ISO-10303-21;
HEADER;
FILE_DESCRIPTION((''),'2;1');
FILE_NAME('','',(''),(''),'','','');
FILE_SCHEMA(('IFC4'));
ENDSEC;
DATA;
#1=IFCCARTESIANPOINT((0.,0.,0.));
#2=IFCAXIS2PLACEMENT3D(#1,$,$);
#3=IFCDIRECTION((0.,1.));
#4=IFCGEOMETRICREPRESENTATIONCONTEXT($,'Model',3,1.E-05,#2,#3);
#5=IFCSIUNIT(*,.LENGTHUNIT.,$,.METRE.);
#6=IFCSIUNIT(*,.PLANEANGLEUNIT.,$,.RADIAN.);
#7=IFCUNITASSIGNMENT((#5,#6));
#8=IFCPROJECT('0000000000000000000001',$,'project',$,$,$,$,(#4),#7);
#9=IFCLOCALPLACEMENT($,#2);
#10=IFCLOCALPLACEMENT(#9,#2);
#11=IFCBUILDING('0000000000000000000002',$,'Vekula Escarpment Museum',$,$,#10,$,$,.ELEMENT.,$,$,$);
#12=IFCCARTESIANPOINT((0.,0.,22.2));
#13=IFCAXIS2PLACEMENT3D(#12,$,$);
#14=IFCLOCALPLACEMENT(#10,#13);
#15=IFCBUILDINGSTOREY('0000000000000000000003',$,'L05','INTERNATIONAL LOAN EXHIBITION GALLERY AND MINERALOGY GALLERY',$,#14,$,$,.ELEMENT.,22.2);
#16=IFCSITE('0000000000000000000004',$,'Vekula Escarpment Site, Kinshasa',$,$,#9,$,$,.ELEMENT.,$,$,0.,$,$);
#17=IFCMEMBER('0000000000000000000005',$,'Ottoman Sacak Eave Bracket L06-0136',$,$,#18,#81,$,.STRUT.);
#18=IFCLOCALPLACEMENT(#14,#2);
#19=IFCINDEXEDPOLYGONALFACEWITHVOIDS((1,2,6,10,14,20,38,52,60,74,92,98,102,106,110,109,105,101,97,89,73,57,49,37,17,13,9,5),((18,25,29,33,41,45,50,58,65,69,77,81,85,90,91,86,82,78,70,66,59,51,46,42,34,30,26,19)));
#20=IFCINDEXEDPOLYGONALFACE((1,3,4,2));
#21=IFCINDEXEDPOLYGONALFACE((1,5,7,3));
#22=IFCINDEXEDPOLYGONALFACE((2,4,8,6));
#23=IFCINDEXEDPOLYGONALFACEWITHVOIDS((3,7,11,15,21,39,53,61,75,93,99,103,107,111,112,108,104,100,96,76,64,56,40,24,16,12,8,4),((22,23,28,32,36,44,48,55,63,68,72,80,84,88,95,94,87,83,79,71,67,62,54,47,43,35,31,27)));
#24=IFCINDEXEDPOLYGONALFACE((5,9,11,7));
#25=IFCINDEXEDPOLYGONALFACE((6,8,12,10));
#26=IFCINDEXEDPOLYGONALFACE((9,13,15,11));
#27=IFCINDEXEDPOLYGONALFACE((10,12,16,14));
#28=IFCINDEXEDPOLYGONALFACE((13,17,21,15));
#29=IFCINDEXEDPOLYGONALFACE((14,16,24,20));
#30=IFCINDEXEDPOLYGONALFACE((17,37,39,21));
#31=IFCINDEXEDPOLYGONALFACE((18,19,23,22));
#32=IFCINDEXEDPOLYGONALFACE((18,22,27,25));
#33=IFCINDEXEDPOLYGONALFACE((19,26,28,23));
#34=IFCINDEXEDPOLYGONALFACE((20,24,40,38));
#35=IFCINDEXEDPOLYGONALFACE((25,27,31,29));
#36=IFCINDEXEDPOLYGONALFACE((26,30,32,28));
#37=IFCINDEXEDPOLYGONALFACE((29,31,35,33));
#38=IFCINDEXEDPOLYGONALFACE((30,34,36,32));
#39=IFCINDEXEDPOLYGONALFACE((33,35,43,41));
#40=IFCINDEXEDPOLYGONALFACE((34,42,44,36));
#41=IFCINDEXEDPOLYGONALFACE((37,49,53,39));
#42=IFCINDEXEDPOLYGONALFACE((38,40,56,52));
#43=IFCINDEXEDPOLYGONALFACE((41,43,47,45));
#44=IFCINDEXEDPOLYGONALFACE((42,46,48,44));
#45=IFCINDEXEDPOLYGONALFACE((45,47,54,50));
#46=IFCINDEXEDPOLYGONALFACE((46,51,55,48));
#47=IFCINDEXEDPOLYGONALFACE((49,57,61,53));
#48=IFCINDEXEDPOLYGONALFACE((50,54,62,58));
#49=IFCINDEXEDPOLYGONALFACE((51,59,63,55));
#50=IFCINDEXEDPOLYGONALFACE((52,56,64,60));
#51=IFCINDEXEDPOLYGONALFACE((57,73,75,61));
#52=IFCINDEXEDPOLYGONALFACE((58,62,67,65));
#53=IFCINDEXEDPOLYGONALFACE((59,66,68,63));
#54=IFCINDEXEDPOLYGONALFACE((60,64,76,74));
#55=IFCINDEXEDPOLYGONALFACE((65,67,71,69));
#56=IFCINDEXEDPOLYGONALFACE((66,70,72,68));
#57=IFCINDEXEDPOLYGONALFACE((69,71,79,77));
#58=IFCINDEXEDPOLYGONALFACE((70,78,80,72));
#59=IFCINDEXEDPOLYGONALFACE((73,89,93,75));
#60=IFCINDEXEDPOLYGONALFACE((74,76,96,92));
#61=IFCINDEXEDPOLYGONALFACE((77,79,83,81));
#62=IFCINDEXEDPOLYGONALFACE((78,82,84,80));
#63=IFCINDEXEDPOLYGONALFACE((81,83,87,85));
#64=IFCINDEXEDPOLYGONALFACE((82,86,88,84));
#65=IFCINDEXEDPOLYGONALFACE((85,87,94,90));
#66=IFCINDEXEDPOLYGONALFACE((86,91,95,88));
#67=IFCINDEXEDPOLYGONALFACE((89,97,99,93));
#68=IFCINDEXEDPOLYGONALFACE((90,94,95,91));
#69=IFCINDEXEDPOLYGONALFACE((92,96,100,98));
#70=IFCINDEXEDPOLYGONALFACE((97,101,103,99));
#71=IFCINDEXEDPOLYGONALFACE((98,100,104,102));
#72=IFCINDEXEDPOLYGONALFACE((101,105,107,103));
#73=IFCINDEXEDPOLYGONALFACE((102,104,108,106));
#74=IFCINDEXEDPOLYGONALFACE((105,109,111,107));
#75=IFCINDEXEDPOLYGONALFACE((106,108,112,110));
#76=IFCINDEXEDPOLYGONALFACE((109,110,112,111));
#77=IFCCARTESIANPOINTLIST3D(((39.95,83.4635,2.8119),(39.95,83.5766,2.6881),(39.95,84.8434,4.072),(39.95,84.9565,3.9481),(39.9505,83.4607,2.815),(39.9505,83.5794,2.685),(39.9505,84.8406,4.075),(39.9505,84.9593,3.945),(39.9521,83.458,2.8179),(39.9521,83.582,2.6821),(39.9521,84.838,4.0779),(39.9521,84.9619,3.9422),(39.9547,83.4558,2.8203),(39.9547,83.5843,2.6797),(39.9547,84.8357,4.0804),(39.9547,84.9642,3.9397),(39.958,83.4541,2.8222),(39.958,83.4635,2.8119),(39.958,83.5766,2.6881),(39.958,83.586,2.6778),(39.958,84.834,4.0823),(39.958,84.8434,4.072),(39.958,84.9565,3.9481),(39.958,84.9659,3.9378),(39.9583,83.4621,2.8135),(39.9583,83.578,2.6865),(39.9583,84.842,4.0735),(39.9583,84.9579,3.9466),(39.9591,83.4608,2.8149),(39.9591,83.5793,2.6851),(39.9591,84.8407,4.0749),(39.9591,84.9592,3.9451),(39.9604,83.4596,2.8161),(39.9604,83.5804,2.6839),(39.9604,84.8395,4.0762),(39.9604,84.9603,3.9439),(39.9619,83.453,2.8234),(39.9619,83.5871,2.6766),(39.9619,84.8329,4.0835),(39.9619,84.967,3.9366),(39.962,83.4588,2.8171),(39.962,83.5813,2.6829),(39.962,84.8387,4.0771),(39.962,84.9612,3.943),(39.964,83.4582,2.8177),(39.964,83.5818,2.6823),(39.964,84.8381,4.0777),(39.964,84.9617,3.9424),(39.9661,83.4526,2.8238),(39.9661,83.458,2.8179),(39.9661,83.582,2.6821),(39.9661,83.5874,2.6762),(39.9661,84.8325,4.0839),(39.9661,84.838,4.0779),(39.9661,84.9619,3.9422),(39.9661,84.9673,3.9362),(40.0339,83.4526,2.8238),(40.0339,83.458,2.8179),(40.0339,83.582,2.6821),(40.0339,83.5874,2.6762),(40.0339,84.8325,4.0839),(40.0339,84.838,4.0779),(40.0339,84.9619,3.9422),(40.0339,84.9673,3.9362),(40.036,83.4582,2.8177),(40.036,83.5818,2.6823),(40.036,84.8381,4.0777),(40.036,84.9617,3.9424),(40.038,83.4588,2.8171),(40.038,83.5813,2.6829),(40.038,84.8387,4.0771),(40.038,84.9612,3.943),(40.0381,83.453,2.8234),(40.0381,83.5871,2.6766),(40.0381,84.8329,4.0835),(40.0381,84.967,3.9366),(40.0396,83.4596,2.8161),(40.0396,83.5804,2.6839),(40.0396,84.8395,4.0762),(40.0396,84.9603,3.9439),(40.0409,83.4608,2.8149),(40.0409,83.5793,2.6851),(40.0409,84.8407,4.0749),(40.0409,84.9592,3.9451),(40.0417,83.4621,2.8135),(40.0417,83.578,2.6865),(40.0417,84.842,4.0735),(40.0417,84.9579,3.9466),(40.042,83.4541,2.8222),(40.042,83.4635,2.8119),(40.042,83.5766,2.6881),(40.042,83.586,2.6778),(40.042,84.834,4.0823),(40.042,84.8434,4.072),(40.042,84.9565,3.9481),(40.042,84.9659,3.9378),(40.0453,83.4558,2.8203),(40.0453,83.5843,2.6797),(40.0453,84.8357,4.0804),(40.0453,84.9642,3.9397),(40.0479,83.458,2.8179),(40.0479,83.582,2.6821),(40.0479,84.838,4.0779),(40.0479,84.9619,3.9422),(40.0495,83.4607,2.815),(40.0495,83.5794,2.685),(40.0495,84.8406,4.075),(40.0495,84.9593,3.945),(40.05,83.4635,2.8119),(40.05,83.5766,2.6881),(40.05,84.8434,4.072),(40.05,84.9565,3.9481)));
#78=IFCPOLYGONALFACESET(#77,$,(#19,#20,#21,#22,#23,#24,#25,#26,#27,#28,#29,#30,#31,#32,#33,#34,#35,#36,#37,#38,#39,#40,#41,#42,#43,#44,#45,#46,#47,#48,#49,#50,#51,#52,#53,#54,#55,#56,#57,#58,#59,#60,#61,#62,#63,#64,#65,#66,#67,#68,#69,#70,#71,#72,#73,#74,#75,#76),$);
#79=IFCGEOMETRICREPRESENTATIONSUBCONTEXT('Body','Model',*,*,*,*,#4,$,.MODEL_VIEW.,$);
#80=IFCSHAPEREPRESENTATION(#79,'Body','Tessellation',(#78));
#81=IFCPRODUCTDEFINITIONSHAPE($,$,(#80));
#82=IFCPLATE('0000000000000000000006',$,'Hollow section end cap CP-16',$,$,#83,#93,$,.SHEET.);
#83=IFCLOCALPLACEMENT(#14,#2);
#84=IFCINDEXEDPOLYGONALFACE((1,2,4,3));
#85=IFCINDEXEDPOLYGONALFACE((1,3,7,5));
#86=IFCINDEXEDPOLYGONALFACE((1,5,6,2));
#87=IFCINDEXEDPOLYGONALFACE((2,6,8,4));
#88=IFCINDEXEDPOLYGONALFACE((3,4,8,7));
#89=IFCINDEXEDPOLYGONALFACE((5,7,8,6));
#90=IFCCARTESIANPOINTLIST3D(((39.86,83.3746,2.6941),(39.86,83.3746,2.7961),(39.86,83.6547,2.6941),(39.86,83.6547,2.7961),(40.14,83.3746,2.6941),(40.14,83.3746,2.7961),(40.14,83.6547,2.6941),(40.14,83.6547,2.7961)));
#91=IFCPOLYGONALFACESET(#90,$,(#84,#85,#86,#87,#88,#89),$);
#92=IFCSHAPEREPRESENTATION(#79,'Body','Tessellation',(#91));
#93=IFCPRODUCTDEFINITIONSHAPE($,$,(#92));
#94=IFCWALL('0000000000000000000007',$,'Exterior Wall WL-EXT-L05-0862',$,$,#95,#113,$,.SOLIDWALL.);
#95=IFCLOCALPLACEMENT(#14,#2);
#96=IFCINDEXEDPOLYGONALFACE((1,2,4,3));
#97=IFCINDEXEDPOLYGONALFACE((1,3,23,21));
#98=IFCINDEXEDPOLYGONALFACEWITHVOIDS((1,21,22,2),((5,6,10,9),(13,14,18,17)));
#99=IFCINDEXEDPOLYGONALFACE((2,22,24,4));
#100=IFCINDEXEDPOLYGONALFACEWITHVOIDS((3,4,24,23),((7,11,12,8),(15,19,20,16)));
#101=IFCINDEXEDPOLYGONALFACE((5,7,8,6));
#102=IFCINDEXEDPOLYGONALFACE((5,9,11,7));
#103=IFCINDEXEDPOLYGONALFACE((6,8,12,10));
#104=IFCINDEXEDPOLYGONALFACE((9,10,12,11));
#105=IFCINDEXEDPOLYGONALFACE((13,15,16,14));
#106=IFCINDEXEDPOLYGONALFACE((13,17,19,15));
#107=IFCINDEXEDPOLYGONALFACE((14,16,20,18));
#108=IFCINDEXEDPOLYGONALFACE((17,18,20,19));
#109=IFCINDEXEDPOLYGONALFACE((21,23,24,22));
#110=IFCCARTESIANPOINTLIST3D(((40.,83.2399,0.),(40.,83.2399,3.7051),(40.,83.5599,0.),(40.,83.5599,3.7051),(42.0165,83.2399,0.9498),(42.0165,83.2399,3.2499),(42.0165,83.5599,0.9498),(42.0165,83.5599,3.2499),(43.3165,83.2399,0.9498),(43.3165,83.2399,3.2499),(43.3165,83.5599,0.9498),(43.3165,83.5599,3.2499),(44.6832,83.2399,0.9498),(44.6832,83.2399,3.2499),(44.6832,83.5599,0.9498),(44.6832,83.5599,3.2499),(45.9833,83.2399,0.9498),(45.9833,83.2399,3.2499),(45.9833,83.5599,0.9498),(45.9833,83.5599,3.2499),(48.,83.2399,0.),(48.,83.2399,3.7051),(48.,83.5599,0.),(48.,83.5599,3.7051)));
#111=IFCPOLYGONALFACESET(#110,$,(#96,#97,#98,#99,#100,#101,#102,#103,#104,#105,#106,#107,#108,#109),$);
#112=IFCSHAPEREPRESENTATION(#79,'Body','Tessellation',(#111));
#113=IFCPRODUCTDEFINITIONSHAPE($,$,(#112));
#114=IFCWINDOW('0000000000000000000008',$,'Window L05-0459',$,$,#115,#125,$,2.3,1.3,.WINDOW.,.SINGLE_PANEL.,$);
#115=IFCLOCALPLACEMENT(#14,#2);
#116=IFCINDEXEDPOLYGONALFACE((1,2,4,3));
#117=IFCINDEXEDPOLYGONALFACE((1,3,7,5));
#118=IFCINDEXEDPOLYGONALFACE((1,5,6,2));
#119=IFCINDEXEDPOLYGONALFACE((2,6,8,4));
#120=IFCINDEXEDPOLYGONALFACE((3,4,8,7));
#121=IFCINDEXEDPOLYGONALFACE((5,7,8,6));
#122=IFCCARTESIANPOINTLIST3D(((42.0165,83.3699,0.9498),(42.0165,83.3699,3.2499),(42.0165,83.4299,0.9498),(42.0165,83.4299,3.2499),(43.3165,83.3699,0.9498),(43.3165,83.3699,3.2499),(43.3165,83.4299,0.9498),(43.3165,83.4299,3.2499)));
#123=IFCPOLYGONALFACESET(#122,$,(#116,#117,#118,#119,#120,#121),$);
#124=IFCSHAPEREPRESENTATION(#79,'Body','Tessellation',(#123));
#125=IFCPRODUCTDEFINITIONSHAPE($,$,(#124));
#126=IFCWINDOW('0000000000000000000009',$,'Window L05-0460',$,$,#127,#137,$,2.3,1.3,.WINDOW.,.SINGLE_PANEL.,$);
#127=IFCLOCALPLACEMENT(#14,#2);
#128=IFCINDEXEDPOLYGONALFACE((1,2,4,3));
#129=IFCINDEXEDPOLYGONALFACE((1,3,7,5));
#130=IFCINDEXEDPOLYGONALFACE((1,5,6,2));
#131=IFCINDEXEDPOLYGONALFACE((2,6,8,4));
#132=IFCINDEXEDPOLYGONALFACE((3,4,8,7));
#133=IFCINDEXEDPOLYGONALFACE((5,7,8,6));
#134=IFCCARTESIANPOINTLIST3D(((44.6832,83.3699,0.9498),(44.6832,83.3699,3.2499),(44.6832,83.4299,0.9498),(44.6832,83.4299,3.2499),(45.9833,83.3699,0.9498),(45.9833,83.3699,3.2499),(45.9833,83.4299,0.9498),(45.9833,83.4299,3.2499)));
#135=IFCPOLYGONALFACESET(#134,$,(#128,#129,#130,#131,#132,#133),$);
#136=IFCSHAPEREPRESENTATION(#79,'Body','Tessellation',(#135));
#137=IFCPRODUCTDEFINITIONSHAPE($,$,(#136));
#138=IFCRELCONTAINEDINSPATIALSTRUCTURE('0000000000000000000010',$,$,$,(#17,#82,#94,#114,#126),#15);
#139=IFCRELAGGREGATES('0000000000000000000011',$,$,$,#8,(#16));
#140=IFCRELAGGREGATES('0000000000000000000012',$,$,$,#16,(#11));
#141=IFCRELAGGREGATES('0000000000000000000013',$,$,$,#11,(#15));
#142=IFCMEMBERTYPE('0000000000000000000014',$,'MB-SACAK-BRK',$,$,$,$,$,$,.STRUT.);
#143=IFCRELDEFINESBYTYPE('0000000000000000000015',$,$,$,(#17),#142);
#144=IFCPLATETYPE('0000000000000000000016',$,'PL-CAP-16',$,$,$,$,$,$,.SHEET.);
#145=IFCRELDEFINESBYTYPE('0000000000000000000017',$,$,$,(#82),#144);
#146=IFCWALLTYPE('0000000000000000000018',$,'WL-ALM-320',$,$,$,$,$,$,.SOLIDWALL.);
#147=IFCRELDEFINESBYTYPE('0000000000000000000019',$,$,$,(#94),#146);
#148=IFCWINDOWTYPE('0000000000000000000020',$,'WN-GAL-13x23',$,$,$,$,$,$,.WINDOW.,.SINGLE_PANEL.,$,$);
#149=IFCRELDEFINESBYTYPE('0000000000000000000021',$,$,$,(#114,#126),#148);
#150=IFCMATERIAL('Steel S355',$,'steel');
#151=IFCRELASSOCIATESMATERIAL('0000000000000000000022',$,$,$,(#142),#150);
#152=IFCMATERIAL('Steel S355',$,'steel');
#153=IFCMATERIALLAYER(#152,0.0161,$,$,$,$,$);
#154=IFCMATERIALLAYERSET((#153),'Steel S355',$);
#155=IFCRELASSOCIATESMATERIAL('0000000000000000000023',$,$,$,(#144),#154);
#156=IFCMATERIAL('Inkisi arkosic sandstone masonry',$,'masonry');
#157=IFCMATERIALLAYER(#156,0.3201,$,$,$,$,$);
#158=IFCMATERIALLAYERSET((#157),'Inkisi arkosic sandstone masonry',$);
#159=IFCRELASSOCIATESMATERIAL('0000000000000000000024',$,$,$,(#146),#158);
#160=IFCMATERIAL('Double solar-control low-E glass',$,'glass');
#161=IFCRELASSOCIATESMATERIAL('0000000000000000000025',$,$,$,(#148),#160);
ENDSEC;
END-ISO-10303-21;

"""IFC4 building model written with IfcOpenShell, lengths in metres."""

from ifc_helpers import new_model, si_unit, direction, frame, frame_2d, origin, origin_2d, place, context, subcontext, project, spatial, rectangle, hollow_rectangle, extrude, material, layer, layer_set, material_profile, profile_set, type_object, element, fill, save


model = new_model("IFC4")

# Units and contexts
model_context = context("Model", 3, precision=1e-05, world=origin(), true_north=direction((0.0, 1.0)))
body_context = subcontext(model_context, "Body", "Model", "MODEL_VIEW")
ifc_project = project(units=[si_unit("LENGTHUNIT", "METRE"), si_unit("PLANEANGLEUNIT", "RADIAN")], contexts=[model_context])

# Site, building, storey
site_placement = place(None, origin())
site = spatial("IfcSite", under=ifc_project, at=site_placement, Name="Vekula Escarpment Site, Kinshasa", CompositionType="ELEMENT", RefElevation=0.0)
building_placement = place(site_placement, origin())
building = spatial("IfcBuilding", under=site, at=building_placement, Name="Vekula Escarpment Museum", CompositionType="ELEMENT")
storey_placement = place(building_placement, frame((0.0, 0.0, 22.2)))
storey = spatial("IfcBuildingStorey", under=building, at=storey_placement, Name="L05", Description="INTERNATIONAL LOAN EXHIBITION GALLERY AND MINERALOGY GALLERY", CompositionType="ELEMENT", Elevation=22.2)

# Member
ifc_material_1 = material(Name="Steel S355", Category="steel")
ifc_material_profile_1 = material_profile(ifc_material_1, hollow_rectangle(XDim=0.1001, YDim=0.2, WallThickness=0.0081, InnerFilletRadius=0.0081, OuterFilletRadius=0.0161, at=origin_2d()), Name="RHS 200x100x8")
ifc_profile_set_1 = profile_set([ifc_material_profile_1], Name="Steel S355")
member_type = type_object("IfcMemberType", Name="MB-SACAK-BRK", PredefinedType="STRUT", material=ifc_profile_set_1)
member_placement = place(storey_placement, frame((40.0, 83.52, 2.75), z_axis=(0.0, 0.738454, 0.674303), x_axis=(-1.0, 0.0, 0.0)))
element("IfcMember", 1, at=member_placement, inside=storey, type_object=member_type, Name="Ottoman Sacak Eave Bracket L06-0136", PredefinedType="STRUT", context=body_context, shape_type="SweptSolid", body=[
    extrude(hollow_rectangle(XDim=0.1001, YDim=0.2, WallThickness=0.0081, InnerFilletRadius=0.0081, OuterFilletRadius=0.0161, at=origin_2d()), origin(), (0.0, 0.0, 1.0), 1.8687),
])

# Plate
ifc_material_2 = material(Name="Steel S355", Category="steel")
ifc_layer_1 = layer(ifc_material_2, 0.0161)
ifc_layer_set_1 = layer_set([ifc_layer_1], Name="Steel S355")
plate_type = type_object("IfcPlateType", Name="PL-CAP-16", PredefinedType="SHEET", material=ifc_layer_set_1)
plate_placement = place(storey_placement, frame((40.0, 83.5146, 2.6941), z_axis=(0.0, 0.0, 1.0), x_axis=(1.0, 0.0, 0.0)))
element("IfcPlate", 2, at=plate_placement, inside=storey, type_object=plate_type, Name="Hollow section end cap CP-16", PredefinedType="SHEET", context=body_context, shape_type="SweptSolid", body=[
    extrude(rectangle(XDim=0.28, YDim=0.28, at=origin_2d()), origin(), (0.0, 0.0, 1.0), 0.1021),
])

# Wall, openings, windows
ifc_material_3 = material(Name="Inkisi arkosic sandstone masonry", Category="masonry")
ifc_layer_2 = layer(ifc_material_3, 0.3201)
ifc_layer_set_2 = layer_set([ifc_layer_2], Name="Inkisi arkosic sandstone masonry")
wall_type_1 = type_object("IfcWallType", Name="WL-ALM-320", PredefinedType="SOLIDWALL", material=ifc_layer_set_2)
wall_1_placement = place(storey_placement, frame((40.0, 83.3999, 0.0), z_axis=(0.0, 0.0, 1.0), x_axis=(1.0, 0.0, 0.0)))
wall_1 = element("IfcWall", 3, at=wall_1_placement, inside=storey, type_object=wall_type_1, Name="Exterior Wall WL-EXT-L05-0862", PredefinedType="SOLIDWALL", context=body_context, shape_type="SweptSolid", body=[
    extrude(rectangle(XDim=8.0, YDim=0.3201, at=frame_2d((4.0, 0.0))), origin(), (0.0, 0.0, 1.0), 3.7051),
])
opening_1_placement = place(wall_1_placement, frame((2.0166, 0.0, 0.95)))
opening_1 = element("IfcOpeningElement", 4, at=opening_1_placement, cuts=wall_1, PredefinedType="OPENING", context=body_context, shape_type="SweptSolid", body=[
    extrude(rectangle(XDim=1.3, YDim=2.3, at=frame_2d((0.6499, 1.1499))), frame((0.0, 0.1699, 0.0), z_axis=(0.0, -1.0, 0.0), x_axis=(1.0, 0.0, 0.0)), (0.0, 0.0, 1.0), 0.3401),
])
opening_2_placement = place(wall_1_placement, frame((4.6833, 0.0, 0.95)))
opening_2 = element("IfcOpeningElement", 5, at=opening_2_placement, cuts=wall_1, PredefinedType="OPENING", context=body_context, shape_type="SweptSolid", body=[
    extrude(rectangle(XDim=1.3, YDim=2.3, at=frame_2d((0.6499, 1.1499))), frame((0.0, 0.1699, 0.0), z_axis=(0.0, -1.0, 0.0), x_axis=(1.0, 0.0, 0.0)), (0.0, 0.0, 1.0), 0.3401),
])
ifc_material_4 = material(Name="Double solar-control low-E glass", Category="glass")
window_type_1 = type_object("IfcWindowType", Name="WN-GAL-13x23", PartitioningType="SINGLE_PANEL", PredefinedType="WINDOW", material=ifc_material_4)
window_1_placement = place(opening_1_placement, origin())
window_1 = element("IfcWindow", 6, at=window_1_placement, inside=storey, type_object=window_type_1, Name="Window L05-0459", OverallHeight=2.3, OverallWidth=1.3, PartitioningType="SINGLE_PANEL", PredefinedType="WINDOW", context=body_context, shape_type="SweptSolid", body=[
    extrude(rectangle(XDim=1.3, YDim=2.3, at=frame_2d((0.6499, 1.1499))), frame((0.0, 0.03, 0.0), z_axis=(0.0, -1.0, 0.0), x_axis=(1.0, 0.0, 0.0)), (0.0, 0.0, 1.0), 0.0601),
])
fill(opening_1, window_1)
window_2_placement = place(opening_2_placement, origin())
window_2 = element("IfcWindow", 7, at=window_2_placement, inside=storey, type_object=window_type_1, Name="Window L05-0460", OverallHeight=2.3, OverallWidth=1.3, PartitioningType="SINGLE_PANEL", PredefinedType="WINDOW", context=body_context, shape_type="SweptSolid", body=[
    extrude(rectangle(XDim=1.3, YDim=2.3, at=frame_2d((0.6499, 1.1499))), frame((0.0, 0.03, 0.0), z_axis=(0.0, -1.0, 0.0), x_axis=(1.0, 0.0, 0.0)), (0.0, 0.0, 1.0), 0.0601),
])
fill(opening_2, window_2)

save(model, "model.ifc")
